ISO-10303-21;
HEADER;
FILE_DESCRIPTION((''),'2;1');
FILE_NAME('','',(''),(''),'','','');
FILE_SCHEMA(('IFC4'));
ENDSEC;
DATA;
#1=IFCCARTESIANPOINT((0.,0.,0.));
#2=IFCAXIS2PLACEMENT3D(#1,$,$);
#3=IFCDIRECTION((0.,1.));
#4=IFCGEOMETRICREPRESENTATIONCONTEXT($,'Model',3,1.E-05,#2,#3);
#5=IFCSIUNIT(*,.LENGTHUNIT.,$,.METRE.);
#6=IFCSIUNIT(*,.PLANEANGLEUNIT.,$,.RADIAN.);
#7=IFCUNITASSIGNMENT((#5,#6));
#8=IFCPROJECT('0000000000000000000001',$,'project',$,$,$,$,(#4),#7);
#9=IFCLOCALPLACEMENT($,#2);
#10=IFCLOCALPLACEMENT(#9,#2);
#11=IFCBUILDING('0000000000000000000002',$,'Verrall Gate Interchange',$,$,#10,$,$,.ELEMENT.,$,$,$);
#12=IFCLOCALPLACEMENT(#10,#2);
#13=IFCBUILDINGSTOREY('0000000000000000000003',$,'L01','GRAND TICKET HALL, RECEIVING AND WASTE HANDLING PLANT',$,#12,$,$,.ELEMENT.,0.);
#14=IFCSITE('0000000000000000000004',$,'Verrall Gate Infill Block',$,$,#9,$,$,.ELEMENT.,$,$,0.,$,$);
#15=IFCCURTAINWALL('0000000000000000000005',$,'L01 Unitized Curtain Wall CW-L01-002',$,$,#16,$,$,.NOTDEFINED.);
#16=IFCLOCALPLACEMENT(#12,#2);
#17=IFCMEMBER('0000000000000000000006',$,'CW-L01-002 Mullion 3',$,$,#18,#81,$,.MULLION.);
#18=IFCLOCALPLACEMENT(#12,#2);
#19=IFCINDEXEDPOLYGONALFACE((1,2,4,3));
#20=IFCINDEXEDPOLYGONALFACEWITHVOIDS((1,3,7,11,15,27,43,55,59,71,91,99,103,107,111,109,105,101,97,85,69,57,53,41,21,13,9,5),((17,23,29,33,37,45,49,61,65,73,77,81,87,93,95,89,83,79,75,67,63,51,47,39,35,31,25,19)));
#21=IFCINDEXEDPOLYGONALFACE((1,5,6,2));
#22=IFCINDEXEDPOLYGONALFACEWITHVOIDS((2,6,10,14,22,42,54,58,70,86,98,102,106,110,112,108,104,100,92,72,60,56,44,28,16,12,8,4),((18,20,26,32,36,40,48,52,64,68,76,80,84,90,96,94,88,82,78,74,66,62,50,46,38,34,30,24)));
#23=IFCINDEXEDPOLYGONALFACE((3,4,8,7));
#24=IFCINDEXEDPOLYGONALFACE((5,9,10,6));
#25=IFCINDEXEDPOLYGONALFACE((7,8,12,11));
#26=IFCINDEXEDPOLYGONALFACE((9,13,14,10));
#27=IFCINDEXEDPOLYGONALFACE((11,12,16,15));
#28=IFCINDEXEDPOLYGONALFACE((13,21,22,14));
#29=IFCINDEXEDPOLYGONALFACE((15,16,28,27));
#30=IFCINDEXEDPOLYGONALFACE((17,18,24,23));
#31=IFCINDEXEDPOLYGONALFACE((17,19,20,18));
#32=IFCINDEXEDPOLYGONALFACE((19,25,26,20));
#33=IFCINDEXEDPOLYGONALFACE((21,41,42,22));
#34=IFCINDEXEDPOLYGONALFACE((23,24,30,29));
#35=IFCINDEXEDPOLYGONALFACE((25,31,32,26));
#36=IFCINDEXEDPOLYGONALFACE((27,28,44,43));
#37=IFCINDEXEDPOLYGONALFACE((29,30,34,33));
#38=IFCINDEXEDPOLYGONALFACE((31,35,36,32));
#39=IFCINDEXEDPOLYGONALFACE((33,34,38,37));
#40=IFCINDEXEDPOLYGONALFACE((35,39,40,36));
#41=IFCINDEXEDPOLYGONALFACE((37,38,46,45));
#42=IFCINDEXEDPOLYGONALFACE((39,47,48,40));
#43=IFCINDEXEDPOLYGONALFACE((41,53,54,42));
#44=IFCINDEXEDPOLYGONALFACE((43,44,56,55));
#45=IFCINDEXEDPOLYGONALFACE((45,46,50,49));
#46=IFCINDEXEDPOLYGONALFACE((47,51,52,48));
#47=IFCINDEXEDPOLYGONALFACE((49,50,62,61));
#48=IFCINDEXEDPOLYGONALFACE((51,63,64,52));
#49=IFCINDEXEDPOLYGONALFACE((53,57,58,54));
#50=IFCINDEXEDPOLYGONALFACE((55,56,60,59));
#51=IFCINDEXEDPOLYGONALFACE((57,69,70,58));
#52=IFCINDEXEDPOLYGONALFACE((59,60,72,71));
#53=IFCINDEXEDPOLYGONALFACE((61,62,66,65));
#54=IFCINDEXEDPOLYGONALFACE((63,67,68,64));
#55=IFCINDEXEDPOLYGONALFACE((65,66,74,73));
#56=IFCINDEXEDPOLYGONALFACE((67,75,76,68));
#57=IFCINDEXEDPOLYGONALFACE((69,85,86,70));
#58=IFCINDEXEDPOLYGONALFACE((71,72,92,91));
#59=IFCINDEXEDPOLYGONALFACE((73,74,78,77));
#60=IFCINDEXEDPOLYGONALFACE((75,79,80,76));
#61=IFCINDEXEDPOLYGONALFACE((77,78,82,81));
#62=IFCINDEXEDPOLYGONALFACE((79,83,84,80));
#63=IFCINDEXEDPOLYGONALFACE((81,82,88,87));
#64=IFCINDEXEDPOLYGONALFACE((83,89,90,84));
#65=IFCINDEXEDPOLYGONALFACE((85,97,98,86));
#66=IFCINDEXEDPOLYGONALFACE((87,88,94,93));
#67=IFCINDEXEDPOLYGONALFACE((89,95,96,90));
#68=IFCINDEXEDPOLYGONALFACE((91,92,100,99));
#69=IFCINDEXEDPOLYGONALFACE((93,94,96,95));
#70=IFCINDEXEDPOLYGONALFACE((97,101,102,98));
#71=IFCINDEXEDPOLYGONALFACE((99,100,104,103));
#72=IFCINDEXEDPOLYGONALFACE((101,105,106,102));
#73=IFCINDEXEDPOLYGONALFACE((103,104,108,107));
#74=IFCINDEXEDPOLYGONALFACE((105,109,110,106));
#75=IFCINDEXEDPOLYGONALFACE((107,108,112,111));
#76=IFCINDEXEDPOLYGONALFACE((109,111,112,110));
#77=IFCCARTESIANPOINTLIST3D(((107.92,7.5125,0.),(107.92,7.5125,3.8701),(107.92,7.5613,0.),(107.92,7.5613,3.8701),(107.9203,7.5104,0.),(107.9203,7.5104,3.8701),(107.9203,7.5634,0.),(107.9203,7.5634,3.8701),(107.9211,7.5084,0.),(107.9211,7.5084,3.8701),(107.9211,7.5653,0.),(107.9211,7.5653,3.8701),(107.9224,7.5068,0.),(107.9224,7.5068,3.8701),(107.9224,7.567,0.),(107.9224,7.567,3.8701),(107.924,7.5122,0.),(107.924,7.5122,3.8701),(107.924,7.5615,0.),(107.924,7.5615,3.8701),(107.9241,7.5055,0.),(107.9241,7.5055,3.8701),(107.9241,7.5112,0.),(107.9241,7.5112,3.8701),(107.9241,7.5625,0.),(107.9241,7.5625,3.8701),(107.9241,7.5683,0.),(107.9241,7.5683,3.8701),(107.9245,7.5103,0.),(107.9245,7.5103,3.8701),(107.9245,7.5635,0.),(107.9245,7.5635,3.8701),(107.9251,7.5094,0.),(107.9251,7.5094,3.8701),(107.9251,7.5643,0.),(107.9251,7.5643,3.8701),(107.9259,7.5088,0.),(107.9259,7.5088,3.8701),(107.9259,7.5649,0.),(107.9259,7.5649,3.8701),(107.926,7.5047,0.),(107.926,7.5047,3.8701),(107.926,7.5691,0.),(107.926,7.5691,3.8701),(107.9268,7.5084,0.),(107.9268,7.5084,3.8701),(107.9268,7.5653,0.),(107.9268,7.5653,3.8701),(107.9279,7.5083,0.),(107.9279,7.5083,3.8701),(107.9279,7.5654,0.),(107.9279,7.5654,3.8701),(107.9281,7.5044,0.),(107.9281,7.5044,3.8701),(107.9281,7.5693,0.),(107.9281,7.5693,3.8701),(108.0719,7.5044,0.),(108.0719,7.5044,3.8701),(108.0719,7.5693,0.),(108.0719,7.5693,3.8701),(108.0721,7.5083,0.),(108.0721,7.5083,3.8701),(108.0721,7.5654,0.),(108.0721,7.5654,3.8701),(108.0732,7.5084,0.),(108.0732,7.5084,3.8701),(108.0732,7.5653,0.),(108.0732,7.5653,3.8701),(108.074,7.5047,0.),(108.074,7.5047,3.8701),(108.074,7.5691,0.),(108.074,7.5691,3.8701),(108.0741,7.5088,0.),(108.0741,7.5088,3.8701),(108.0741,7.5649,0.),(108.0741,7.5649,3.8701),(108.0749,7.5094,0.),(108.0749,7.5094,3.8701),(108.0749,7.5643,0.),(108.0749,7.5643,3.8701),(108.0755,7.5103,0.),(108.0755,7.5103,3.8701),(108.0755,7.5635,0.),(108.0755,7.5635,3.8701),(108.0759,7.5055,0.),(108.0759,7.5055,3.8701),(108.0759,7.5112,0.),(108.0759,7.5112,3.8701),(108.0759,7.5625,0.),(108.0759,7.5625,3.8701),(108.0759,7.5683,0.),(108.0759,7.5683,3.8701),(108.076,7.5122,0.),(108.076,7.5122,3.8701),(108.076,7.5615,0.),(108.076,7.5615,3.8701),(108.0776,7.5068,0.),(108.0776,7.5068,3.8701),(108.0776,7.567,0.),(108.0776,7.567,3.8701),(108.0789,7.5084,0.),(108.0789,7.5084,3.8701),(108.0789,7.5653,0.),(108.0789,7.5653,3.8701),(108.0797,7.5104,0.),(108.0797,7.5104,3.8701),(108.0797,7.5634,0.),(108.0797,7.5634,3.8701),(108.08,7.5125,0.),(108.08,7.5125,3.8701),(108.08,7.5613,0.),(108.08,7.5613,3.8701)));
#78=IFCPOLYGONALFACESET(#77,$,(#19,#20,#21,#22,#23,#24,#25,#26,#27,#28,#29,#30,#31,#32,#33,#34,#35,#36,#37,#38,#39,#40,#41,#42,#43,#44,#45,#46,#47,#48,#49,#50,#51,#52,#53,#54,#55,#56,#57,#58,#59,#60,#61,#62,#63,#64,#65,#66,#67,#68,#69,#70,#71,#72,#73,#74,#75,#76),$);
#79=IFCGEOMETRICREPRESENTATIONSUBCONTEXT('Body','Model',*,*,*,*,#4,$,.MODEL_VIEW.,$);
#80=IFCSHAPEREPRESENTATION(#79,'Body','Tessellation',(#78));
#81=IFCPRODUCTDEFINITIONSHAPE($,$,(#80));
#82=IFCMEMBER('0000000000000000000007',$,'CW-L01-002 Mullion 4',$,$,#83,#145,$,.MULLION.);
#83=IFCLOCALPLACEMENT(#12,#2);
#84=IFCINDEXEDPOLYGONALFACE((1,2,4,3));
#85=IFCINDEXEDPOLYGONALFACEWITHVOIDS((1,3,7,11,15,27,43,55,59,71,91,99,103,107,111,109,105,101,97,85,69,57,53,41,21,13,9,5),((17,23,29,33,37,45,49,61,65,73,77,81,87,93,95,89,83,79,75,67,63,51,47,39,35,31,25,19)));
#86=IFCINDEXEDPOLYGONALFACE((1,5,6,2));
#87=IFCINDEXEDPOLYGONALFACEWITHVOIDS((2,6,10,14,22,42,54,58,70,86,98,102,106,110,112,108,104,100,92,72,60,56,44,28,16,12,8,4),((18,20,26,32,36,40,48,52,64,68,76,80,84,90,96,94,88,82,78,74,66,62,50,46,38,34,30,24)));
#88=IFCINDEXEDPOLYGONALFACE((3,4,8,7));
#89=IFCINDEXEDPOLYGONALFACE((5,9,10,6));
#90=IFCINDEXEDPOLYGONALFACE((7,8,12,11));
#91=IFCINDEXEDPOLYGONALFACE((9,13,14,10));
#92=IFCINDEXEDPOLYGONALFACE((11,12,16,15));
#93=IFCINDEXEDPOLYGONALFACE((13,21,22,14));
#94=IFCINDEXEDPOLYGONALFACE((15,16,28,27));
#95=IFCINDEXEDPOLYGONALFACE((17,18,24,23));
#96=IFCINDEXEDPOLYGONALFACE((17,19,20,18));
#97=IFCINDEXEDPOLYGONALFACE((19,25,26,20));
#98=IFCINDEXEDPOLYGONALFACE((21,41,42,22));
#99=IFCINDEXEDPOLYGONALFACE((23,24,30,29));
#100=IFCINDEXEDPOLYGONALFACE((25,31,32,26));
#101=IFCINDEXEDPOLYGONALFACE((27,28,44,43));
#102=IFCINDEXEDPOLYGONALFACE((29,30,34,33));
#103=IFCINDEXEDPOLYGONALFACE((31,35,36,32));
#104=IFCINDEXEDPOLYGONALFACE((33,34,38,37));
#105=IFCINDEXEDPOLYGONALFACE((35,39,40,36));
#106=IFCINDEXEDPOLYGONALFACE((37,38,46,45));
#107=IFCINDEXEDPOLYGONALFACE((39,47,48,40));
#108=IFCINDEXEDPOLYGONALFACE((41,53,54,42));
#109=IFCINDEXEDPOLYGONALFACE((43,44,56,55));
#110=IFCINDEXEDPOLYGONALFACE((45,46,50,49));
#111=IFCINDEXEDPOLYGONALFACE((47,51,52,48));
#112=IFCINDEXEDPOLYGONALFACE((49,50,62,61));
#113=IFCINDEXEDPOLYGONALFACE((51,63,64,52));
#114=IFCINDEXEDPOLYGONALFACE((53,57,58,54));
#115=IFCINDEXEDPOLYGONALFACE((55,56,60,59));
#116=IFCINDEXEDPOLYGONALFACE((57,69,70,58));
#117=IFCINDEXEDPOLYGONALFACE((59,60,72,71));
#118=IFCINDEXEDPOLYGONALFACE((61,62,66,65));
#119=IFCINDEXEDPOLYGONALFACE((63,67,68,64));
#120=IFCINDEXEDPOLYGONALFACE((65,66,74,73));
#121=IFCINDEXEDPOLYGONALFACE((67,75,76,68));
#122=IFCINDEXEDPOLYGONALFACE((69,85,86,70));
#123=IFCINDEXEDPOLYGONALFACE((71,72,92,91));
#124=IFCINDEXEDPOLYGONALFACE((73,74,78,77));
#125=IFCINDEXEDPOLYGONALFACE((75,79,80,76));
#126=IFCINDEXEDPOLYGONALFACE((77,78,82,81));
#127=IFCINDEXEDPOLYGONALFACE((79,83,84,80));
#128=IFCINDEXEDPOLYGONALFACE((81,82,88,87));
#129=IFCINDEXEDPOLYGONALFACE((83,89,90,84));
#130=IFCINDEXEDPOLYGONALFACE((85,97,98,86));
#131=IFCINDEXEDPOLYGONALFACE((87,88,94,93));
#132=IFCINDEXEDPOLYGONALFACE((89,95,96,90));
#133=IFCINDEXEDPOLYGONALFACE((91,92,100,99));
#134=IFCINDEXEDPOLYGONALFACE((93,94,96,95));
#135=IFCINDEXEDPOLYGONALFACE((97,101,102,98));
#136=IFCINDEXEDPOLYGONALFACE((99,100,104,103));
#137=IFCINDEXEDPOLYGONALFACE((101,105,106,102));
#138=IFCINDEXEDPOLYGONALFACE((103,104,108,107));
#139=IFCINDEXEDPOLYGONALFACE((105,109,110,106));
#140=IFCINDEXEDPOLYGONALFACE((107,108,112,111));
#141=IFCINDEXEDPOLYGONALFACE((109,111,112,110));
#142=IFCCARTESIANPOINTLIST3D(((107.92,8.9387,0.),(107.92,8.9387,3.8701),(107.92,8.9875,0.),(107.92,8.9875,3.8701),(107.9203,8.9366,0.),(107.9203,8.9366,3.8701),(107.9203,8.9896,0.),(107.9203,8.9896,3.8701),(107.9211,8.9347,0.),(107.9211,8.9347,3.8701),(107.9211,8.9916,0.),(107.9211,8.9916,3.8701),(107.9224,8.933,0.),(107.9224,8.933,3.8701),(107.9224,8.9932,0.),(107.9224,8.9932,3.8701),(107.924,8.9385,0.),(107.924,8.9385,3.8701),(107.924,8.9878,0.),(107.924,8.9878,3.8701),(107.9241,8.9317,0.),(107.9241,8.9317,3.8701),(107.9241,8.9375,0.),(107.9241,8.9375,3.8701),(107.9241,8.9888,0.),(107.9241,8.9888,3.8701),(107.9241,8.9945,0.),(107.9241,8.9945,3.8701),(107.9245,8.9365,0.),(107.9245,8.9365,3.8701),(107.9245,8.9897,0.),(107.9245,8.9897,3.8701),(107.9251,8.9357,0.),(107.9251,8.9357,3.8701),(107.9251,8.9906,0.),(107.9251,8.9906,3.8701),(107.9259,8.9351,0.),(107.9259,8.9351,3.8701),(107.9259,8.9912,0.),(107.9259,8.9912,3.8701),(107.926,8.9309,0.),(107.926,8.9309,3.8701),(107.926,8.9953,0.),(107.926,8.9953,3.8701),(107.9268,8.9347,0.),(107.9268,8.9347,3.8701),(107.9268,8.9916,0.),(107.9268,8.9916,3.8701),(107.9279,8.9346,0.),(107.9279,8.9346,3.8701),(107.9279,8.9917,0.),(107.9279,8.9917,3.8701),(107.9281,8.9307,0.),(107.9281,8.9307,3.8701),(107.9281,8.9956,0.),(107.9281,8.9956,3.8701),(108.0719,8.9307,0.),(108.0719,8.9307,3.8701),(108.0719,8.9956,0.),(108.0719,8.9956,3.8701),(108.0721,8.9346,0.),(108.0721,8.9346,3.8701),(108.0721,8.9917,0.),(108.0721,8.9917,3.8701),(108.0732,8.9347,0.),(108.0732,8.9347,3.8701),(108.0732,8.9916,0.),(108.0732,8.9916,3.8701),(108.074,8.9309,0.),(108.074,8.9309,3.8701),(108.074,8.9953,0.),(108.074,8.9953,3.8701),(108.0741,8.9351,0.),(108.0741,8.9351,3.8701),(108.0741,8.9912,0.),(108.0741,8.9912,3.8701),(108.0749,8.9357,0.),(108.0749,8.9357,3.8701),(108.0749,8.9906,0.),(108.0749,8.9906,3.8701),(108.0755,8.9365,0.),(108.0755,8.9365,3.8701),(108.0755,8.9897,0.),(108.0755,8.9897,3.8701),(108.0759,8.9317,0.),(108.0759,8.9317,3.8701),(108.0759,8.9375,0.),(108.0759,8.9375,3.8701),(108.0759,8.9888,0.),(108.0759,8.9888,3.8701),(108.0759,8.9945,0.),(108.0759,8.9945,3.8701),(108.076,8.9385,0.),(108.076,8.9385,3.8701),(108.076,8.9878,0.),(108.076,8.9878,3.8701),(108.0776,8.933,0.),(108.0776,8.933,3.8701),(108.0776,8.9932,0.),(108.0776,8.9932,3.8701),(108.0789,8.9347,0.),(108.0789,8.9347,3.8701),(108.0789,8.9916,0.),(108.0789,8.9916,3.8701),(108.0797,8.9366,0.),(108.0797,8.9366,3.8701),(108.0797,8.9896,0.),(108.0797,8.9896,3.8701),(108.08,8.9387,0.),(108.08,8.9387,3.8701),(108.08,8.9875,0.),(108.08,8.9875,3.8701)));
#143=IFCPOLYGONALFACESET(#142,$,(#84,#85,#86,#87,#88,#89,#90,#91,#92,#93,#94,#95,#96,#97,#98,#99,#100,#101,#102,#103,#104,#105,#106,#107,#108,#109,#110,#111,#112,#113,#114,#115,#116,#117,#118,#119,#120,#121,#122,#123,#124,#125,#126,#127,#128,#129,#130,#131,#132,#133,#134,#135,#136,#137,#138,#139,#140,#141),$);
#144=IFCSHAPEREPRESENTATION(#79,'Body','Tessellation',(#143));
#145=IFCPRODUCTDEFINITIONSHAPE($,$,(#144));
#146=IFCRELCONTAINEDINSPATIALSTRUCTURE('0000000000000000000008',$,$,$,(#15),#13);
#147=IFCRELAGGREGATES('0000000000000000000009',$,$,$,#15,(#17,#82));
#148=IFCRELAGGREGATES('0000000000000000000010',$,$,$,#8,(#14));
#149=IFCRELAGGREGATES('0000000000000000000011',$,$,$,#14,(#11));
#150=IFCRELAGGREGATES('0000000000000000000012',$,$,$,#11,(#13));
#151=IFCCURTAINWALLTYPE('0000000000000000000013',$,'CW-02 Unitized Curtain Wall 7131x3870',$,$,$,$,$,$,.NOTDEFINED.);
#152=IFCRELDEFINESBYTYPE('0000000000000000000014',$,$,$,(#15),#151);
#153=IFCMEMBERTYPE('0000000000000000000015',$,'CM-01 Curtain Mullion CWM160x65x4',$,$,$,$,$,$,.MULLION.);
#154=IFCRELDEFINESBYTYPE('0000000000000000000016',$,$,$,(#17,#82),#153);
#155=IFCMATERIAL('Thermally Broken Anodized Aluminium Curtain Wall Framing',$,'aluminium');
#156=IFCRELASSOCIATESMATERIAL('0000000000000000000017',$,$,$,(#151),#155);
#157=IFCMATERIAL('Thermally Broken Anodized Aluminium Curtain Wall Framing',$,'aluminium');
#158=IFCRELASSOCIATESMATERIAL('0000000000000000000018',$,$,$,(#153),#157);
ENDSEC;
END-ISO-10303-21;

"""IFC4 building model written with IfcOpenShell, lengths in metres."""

from ifc_helpers import new_model, si_unit, direction, frame, origin, origin_2d, place, context, subcontext, project, spatial, hollow_rectangle, extrude, material, material_profile, profile_set, type_object, element, aggregate, save


model = new_model("IFC4")

# Units and contexts
model_context = context("Model", 3, precision=1e-05, world=origin(), true_north=direction((0.0, 1.0)))
body_context = subcontext(model_context, "Body", "Model", "MODEL_VIEW")
ifc_project = project(units=[si_unit("LENGTHUNIT", "METRE"), si_unit("PLANEANGLEUNIT", "RADIAN")], contexts=[model_context])

# Site, building, storey
site_placement = place(None, origin())
site = spatial("IfcSite", under=ifc_project, at=site_placement, Name="Verrall Gate Infill Block", CompositionType="ELEMENT", RefElevation=0.0)
building_placement = place(site_placement, origin())
building = spatial("IfcBuilding", under=site, at=building_placement, Name="Verrall Gate Interchange", CompositionType="ELEMENT")
storey_placement = place(building_placement, origin())
storey = spatial("IfcBuildingStorey", under=building, at=storey_placement, Name="L01", Description="GRAND TICKET HALL, RECEIVING AND WASTE HANDLING PLANT", CompositionType="ELEMENT", Elevation=0.0)

# Curtain wall, members
ifc_material_1 = material(Name="Thermally Broken Anodized Aluminium Curtain Wall Framing", Category="aluminium")
curtain_wall_type = type_object("IfcCurtainWallType", Name="CW-02 Unitized Curtain Wall 7131x3870", PredefinedType="NOTDEFINED", material=ifc_material_1)
curtain_wall_placement = place(storey_placement, origin())
curtain_wall = element("IfcCurtainWall", 1, at=curtain_wall_placement, inside=storey, type_object=curtain_wall_type, Name="L01 Unitized Curtain Wall CW-L01-002", PredefinedType="NOTDEFINED")
ifc_material_2 = material(Name="Thermally Broken Anodized Aluminium Curtain Wall Framing", Category="aluminium")
ifc_material_profile_1 = material_profile(ifc_material_2, hollow_rectangle(XDim=0.0649, YDim=0.1599, WallThickness=0.0039, InnerFilletRadius=0.0039, OuterFilletRadius=0.0081, at=origin_2d()), Name="CWM160x65x4")
ifc_profile_set_1 = profile_set([ifc_material_profile_1], Name="Thermally Broken Anodized Aluminium Curtain Wall Framing")
member_type_1 = type_object("IfcMemberType", Name="CM-01 Curtain Mullion CWM160x65x4", PredefinedType="MULLION", material=ifc_profile_set_1)
member_1_placement = place(storey_placement, frame((108.0, 7.5369, 0.0), z_axis=(0.0, 0.0, 1.0), x_axis=(0.0, 1.0, 0.0)))
member_1 = element("IfcMember", 2, at=member_1_placement, type_object=member_type_1, Name="CW-L01-002 Mullion 3", PredefinedType="MULLION", context=body_context, shape_type="SweptSolid", body=[
    extrude(hollow_rectangle(XDim=0.0649, YDim=0.1599, WallThickness=0.0039, InnerFilletRadius=0.0039, OuterFilletRadius=0.0081, at=origin_2d()), origin(), (0.0, 0.0, 1.0), 3.8701),
])
member_2_placement = place(storey_placement, frame((108.0, 8.9631, 0.0), z_axis=(0.0, 0.0, 1.0), x_axis=(0.0, 1.0, 0.0)))
member_2 = element("IfcMember", 3, at=member_2_placement, type_object=member_type_1, Name="CW-L01-002 Mullion 4", PredefinedType="MULLION", context=body_context, shape_type="SweptSolid", body=[
    extrude(hollow_rectangle(XDim=0.0649, YDim=0.1599, WallThickness=0.0039, InnerFilletRadius=0.0039, OuterFilletRadius=0.0081, at=origin_2d()), origin(), (0.0, 0.0, 1.0), 3.8701),
])

aggregate(curtain_wall, [member_1, member_2])

save(model, "model.ifc")
